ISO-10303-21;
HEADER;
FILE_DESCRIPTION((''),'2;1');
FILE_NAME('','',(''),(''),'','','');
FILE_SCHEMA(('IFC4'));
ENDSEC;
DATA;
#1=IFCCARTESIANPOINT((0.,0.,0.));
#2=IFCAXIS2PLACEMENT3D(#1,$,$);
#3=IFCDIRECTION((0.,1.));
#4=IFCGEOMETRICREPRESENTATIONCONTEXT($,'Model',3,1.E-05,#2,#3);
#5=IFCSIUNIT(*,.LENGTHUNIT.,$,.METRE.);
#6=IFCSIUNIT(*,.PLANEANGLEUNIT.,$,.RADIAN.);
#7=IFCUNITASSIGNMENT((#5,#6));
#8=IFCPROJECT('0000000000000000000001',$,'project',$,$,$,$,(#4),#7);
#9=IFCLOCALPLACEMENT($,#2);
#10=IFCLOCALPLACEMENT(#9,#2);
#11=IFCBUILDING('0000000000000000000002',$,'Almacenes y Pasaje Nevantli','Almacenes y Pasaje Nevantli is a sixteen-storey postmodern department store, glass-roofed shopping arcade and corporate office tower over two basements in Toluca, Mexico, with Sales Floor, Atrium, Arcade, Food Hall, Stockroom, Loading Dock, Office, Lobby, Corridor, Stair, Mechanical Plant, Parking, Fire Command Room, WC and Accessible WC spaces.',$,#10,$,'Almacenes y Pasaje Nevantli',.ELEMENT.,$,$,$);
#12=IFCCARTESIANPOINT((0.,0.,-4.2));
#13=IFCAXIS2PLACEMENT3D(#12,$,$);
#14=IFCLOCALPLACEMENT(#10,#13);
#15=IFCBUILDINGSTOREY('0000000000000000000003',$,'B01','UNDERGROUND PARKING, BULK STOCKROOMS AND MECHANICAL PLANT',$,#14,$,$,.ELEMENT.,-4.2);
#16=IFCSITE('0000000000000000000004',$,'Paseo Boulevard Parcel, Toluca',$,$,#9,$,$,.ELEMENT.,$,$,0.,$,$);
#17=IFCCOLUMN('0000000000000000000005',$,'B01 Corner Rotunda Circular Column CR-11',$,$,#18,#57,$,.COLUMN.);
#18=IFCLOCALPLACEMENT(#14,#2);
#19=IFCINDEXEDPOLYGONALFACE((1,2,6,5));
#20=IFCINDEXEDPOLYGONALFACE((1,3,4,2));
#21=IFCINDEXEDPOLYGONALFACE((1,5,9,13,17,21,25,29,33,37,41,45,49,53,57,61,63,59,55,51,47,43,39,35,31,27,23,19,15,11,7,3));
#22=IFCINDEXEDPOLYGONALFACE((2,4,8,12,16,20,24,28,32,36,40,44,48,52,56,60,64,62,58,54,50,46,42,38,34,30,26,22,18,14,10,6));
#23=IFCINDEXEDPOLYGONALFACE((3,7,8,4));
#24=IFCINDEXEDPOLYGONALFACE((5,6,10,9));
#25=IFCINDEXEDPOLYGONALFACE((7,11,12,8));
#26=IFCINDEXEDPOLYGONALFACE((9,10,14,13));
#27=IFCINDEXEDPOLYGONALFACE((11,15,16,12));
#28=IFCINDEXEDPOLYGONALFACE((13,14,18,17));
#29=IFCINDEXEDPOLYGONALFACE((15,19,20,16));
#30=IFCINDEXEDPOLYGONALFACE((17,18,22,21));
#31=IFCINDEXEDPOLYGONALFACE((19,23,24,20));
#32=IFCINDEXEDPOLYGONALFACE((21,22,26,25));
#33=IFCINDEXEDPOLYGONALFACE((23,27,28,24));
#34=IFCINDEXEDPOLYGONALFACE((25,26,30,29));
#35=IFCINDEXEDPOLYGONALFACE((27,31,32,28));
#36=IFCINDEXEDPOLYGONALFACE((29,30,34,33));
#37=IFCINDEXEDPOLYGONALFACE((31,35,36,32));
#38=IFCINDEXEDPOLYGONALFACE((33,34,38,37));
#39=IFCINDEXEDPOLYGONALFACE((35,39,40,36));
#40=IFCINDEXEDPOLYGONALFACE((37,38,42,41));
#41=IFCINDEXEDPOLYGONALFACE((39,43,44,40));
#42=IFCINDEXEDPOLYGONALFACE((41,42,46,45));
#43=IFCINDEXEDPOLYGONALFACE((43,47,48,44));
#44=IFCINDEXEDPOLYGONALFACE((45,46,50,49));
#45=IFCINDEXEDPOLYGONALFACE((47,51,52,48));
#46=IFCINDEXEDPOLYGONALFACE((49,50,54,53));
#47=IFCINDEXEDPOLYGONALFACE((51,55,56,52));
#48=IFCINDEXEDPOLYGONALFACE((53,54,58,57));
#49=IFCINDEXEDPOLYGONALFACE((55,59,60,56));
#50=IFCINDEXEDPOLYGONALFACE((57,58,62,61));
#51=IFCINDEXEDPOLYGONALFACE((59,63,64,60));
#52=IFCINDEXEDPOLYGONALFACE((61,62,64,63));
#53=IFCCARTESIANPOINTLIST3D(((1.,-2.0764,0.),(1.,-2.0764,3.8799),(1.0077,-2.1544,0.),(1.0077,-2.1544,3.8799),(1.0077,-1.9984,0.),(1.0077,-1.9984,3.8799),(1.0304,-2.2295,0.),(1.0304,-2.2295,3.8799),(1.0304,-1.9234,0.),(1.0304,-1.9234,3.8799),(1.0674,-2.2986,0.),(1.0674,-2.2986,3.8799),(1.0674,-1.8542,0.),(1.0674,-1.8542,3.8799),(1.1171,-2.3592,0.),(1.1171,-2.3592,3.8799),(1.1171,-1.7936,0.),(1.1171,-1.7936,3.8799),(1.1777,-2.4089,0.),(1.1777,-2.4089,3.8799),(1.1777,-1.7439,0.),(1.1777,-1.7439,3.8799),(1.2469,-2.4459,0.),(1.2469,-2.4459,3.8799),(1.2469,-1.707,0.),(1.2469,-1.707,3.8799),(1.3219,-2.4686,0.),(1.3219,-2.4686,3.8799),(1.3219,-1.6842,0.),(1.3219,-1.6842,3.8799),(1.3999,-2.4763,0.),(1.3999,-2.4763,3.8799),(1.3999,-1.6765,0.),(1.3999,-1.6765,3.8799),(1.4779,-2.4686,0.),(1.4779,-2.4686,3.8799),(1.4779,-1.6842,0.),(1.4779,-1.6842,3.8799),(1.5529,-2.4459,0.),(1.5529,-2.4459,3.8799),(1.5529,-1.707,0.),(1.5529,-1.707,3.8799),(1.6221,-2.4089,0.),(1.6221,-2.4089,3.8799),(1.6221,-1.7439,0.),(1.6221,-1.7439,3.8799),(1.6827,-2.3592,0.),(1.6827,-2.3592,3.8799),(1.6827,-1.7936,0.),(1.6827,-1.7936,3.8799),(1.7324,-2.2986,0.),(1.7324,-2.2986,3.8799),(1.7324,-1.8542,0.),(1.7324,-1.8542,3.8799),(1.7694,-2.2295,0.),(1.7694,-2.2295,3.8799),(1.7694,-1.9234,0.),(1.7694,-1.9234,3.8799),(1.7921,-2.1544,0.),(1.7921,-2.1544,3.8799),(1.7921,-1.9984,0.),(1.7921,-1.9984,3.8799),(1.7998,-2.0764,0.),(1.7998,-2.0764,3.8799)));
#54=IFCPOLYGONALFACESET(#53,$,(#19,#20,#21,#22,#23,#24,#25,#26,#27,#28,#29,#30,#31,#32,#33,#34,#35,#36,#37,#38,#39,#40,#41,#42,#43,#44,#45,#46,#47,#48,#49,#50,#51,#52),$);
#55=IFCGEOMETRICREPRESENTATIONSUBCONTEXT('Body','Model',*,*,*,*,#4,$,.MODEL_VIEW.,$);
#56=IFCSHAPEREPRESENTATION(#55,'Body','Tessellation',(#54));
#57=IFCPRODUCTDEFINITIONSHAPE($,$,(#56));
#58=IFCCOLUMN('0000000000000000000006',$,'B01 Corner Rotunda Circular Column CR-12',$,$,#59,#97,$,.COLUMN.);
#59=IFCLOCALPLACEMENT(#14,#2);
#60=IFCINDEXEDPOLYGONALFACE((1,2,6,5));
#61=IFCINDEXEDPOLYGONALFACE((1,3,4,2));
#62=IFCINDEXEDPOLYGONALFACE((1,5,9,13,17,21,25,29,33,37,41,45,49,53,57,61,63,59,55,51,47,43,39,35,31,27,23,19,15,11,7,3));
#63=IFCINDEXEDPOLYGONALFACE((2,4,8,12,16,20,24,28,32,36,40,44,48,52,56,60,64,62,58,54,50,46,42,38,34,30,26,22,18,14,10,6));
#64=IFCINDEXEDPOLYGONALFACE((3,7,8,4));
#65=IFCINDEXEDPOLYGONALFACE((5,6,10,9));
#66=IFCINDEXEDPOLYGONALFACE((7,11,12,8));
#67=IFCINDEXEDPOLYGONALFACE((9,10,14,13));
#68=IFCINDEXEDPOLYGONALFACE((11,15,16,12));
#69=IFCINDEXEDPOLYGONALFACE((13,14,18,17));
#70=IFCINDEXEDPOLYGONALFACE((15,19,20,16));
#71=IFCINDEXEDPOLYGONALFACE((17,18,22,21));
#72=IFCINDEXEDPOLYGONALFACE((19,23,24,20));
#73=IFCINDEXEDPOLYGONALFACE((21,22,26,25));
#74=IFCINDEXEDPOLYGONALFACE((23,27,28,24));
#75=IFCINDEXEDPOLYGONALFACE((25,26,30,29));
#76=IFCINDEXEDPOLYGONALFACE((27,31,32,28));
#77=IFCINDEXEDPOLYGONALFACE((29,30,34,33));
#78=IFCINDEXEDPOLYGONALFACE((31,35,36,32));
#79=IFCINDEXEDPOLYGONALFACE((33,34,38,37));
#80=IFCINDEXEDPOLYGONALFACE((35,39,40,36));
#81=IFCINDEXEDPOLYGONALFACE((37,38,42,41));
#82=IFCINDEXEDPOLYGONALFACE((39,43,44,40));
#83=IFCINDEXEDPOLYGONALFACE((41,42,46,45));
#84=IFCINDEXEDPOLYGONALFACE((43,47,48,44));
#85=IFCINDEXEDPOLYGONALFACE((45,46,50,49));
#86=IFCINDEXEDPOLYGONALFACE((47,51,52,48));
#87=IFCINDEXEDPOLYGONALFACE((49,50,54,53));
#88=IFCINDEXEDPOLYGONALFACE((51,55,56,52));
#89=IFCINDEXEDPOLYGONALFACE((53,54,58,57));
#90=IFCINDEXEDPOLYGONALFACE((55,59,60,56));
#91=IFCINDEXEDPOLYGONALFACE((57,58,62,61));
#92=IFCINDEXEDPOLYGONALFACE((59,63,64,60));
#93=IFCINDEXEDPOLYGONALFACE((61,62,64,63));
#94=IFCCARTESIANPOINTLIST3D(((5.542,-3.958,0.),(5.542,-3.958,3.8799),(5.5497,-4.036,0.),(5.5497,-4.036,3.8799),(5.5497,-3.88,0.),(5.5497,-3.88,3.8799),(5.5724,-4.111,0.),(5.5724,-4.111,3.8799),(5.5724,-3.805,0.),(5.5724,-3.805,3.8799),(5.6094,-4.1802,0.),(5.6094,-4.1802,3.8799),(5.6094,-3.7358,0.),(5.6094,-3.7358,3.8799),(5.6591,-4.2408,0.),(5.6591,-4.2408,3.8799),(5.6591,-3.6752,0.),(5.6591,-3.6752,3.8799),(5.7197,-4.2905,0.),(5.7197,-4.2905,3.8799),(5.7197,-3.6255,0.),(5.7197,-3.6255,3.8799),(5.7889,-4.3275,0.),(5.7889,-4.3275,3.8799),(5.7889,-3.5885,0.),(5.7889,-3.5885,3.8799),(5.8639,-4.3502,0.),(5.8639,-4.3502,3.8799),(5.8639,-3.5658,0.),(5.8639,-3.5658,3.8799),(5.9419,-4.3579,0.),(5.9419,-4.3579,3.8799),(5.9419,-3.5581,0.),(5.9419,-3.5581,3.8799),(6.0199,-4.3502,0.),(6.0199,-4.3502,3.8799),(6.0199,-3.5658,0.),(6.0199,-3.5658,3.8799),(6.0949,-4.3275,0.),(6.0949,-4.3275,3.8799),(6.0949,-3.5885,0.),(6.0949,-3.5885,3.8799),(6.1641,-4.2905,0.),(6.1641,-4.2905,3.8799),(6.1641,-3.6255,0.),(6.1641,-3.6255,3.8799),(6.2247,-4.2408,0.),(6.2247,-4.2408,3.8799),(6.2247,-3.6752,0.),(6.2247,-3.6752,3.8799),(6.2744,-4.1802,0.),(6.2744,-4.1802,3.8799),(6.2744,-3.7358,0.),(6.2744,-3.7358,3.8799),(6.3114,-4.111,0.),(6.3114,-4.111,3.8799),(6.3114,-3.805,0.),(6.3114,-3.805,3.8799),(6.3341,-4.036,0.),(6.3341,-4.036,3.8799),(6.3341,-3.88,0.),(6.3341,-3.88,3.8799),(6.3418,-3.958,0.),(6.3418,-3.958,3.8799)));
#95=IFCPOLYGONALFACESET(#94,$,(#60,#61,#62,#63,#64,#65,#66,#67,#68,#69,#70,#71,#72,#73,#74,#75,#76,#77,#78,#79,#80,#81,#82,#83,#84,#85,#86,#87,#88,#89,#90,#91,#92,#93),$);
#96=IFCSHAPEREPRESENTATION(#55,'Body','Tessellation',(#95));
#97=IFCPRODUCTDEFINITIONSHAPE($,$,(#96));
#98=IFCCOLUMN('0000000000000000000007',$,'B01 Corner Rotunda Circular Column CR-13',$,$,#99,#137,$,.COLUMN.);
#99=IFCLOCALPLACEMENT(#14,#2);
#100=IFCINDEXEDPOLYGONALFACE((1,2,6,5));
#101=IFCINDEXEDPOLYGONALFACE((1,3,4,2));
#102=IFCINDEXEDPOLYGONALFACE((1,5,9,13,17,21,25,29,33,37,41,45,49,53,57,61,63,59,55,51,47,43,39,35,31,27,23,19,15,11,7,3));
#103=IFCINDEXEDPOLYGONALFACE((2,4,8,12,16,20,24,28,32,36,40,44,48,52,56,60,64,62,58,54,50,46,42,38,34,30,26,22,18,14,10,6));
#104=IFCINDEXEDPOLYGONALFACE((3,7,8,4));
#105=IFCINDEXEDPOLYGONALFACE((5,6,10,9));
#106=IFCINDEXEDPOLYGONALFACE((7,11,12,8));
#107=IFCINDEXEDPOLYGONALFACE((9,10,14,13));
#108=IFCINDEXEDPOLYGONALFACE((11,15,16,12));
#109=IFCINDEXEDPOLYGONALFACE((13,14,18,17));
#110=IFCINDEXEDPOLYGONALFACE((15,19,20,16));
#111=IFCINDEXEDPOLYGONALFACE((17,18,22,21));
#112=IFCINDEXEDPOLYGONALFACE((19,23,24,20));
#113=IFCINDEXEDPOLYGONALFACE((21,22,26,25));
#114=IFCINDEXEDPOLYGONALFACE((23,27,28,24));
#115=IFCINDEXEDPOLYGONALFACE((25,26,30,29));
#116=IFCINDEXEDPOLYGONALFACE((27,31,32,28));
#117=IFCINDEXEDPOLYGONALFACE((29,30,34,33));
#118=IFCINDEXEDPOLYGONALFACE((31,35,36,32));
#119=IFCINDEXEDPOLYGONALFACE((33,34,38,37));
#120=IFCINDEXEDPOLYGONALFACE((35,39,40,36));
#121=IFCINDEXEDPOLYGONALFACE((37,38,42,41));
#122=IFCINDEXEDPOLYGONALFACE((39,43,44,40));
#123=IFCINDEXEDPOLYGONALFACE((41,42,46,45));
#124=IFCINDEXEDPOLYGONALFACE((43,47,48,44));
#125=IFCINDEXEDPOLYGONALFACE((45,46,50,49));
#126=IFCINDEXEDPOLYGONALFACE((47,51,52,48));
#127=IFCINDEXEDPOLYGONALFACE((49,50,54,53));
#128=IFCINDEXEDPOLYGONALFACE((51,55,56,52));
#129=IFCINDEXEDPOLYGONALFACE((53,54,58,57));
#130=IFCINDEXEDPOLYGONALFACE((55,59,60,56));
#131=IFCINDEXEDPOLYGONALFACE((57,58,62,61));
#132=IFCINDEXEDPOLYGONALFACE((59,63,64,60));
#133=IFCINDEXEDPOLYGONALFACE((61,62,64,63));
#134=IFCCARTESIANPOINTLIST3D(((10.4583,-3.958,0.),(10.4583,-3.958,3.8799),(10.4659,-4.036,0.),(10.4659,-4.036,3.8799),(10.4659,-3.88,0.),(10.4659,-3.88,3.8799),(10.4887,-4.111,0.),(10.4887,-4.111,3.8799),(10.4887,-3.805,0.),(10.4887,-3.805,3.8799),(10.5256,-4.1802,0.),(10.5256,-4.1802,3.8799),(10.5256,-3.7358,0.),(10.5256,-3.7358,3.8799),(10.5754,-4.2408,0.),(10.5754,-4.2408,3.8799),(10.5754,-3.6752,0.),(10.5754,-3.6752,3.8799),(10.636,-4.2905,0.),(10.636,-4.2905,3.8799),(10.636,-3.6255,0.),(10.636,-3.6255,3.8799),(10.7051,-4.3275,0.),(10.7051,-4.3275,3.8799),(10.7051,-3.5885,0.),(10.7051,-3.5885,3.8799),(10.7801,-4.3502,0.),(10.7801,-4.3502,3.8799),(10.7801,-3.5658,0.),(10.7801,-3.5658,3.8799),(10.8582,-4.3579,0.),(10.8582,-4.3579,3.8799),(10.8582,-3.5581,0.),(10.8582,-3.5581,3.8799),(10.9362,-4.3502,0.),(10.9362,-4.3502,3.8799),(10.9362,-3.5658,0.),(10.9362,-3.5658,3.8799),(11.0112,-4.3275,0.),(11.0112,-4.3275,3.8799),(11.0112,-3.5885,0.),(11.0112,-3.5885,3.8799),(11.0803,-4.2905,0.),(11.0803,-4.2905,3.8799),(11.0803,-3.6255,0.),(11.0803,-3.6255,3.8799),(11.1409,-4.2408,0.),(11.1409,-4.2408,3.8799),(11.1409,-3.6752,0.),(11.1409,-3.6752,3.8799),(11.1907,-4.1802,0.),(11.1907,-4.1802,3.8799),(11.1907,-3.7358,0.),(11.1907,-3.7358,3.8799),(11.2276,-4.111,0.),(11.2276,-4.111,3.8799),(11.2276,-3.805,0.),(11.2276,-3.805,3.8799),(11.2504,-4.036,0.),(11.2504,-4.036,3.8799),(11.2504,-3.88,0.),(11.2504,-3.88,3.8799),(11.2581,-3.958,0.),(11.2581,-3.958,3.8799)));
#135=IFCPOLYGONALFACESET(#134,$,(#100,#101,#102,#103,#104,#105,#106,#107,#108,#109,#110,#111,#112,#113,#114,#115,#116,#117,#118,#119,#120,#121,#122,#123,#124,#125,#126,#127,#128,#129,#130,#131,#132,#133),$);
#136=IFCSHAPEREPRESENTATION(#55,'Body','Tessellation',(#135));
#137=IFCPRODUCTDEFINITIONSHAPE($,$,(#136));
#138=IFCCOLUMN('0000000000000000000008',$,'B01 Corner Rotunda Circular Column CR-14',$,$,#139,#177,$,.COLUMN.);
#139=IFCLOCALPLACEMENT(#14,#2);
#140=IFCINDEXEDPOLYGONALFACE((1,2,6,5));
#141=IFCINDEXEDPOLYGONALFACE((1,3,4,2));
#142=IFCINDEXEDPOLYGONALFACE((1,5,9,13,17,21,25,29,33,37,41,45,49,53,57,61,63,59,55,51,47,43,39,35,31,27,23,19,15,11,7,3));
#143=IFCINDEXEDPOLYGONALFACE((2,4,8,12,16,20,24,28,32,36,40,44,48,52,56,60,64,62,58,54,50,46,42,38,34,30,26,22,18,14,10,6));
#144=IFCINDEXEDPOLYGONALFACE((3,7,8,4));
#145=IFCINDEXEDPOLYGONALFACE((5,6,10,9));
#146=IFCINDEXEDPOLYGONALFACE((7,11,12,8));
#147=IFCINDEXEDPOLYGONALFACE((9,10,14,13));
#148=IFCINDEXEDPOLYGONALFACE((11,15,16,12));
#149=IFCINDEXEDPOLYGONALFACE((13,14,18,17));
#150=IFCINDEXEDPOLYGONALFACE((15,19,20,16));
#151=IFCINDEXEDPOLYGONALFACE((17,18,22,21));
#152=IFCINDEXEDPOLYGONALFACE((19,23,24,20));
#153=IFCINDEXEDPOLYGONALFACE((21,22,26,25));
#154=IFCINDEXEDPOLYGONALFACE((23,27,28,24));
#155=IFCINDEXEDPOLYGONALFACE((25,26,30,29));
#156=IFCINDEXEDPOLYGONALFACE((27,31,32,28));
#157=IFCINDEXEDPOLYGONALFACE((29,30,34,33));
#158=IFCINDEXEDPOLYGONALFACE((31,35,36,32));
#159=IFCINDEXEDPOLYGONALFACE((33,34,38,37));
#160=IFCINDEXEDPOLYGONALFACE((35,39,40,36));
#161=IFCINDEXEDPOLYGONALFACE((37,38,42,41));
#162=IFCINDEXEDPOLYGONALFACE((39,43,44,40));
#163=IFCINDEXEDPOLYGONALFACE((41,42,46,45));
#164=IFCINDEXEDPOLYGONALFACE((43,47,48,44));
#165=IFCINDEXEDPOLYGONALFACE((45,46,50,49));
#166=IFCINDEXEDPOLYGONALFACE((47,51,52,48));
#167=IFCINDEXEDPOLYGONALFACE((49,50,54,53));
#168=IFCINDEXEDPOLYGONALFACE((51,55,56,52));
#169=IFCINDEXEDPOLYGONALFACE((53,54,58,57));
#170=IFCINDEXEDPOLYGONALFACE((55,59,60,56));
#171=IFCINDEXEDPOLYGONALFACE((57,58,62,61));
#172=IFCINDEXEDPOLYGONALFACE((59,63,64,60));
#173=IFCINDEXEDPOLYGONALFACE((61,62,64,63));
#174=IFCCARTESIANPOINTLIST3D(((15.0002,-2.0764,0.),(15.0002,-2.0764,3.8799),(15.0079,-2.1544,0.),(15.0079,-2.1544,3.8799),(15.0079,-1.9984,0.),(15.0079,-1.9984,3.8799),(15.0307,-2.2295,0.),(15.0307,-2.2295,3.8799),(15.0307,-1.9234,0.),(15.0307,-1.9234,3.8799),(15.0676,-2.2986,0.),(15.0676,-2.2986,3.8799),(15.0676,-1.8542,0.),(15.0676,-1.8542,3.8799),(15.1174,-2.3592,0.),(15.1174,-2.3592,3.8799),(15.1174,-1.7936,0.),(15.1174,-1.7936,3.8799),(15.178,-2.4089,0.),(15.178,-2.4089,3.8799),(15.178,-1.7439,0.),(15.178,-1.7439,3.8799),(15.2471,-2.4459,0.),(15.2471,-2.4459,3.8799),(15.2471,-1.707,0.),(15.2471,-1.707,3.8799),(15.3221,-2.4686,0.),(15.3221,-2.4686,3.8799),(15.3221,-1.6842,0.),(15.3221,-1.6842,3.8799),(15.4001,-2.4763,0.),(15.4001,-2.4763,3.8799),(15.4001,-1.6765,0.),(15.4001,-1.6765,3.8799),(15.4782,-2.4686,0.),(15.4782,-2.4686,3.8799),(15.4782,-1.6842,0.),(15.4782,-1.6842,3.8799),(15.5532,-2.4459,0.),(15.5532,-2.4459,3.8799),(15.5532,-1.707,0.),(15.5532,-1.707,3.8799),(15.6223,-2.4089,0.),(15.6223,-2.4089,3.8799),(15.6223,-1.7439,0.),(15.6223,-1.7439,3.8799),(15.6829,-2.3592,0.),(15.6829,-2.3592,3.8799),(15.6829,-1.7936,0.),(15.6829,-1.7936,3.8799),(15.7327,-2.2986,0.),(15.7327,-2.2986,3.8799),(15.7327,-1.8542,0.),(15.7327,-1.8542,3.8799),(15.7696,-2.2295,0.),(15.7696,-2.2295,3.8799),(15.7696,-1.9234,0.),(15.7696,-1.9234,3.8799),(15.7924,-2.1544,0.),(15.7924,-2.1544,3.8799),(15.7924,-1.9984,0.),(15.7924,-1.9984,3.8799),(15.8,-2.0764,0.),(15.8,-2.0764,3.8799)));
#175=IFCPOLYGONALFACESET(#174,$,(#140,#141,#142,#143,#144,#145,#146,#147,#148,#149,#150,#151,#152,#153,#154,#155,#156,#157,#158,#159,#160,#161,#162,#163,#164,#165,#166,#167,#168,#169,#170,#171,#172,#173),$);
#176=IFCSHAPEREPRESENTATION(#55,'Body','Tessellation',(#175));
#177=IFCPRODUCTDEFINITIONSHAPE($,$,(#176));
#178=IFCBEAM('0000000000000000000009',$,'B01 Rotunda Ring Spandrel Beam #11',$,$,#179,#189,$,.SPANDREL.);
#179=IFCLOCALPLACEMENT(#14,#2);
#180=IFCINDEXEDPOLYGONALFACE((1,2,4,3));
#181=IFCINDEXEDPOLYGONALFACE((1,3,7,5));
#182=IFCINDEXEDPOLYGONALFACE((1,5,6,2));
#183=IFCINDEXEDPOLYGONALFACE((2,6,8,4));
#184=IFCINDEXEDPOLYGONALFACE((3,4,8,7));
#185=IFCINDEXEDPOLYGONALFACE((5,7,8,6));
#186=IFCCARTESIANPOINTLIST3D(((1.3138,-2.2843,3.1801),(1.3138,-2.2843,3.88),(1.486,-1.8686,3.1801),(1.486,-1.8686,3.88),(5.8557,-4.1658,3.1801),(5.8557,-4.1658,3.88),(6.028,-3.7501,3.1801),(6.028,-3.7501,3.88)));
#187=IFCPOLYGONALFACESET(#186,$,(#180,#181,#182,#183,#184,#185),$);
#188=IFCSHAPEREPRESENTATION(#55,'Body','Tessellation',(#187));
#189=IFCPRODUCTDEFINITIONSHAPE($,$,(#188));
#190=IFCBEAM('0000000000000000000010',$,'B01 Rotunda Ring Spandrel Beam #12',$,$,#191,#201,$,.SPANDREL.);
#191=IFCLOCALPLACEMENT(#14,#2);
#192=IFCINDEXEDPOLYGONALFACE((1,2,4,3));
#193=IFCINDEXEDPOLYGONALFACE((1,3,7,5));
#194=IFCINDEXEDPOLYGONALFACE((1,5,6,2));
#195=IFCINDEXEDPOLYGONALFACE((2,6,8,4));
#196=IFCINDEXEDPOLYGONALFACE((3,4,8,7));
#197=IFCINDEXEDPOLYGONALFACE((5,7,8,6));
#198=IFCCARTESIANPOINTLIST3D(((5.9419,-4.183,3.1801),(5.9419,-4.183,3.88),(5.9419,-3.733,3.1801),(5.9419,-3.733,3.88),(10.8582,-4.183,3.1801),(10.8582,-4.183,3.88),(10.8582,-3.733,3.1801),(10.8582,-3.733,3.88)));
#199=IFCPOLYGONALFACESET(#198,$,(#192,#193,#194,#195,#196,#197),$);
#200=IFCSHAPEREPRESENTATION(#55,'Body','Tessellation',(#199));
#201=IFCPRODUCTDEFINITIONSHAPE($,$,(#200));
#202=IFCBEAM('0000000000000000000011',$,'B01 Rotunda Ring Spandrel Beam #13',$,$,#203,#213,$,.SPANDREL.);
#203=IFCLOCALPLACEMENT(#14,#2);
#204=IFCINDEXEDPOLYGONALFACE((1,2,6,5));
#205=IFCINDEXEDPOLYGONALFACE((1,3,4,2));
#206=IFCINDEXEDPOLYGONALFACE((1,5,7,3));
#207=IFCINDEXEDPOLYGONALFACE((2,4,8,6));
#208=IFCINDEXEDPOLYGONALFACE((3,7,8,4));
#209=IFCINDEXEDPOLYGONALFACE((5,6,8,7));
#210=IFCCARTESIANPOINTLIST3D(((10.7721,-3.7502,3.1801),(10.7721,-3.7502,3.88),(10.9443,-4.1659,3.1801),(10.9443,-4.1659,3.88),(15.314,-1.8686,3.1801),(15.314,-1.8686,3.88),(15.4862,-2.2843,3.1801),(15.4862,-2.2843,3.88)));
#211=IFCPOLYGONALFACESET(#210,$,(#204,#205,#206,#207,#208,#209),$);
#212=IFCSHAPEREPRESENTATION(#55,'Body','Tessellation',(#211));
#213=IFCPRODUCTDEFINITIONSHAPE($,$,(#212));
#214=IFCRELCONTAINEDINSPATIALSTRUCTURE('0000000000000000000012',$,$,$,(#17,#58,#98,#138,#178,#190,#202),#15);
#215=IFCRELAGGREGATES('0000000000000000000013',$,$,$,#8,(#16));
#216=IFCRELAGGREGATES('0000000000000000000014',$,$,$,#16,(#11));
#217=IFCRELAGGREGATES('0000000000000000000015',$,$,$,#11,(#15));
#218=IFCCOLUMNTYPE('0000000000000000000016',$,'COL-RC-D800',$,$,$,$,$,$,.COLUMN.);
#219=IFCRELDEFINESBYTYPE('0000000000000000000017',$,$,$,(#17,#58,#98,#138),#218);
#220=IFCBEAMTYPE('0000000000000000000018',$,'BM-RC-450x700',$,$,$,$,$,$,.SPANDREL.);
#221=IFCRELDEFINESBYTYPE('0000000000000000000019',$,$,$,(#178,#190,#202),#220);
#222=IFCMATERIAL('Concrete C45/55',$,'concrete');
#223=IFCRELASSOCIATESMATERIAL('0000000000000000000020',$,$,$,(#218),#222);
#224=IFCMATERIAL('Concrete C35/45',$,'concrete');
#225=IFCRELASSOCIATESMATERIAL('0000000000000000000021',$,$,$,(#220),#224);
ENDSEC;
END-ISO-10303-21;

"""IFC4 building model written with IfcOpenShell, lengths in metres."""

from ifc_helpers import new_model, si_unit, direction, frame, origin, origin_2d, place, context, subcontext, project, spatial, rectangle, circle, extrude, material, material_profile, profile_set, type_object, element, save


model = new_model("IFC4")

# Units and contexts
model_context = context("Model", 3, precision=1e-05, world=origin(), true_north=direction((0.0, 1.0)))
body_context = subcontext(model_context, "Body", "Model", "MODEL_VIEW")
ifc_project = project(units=[si_unit("LENGTHUNIT", "METRE"), si_unit("PLANEANGLEUNIT", "RADIAN")], contexts=[model_context])

# Site, building, storey
site_placement = place(None, origin())
site = spatial("IfcSite", under=ifc_project, at=site_placement, Name="Paseo Boulevard Parcel, Toluca", CompositionType="ELEMENT", RefElevation=0.0)
building_placement = place(site_placement, origin())
building = spatial("IfcBuilding", under=site, at=building_placement, Name="Almacenes y Pasaje Nevantli", Description="Almacenes y Pasaje Nevantli is a sixteen-storey postmodern department store, glass-roofed shopping arcade and corporate office tower over two basements in Toluca, Mexico, with Sales Floor, Atrium, Arcade, Food Hall, Stockroom, Loading Dock, Office, Lobby, Corridor, Stair, Mechanical Plant, Parking, Fire Command Room, WC and Accessible WC spaces.", LongName="Almacenes y Pasaje Nevantli", CompositionType="ELEMENT")
storey_placement = place(building_placement, frame((0.0, 0.0, -4.2)))
storey = spatial("IfcBuildingStorey", under=building, at=storey_placement, Name="B01", Description="UNDERGROUND PARKING, BULK STOCKROOMS AND MECHANICAL PLANT", CompositionType="ELEMENT", Elevation=-4.2)

# Columns
ifc_material_1 = material(Name="Concrete C45/55", Category="concrete")
ifc_material_profile_1 = material_profile(ifc_material_1, circle(Radius=0.3999, at=origin_2d()), Name="RC-COL-D800")
ifc_profile_set_1 = profile_set([ifc_material_profile_1], Name="Concrete C45/55")
column_type = type_object("IfcColumnType", Name="COL-RC-D800", PredefinedType="COLUMN", material=ifc_profile_set_1)
for number, where, z_axis, x_axis, name in (
    (1, (1.3999, -2.0764, 0.0), (0.0, 0.0, 1.0), (1.0, 0.0, 0.0), "B01 Corner Rotunda Circular Column CR-11"),
    (2, (5.9419, -3.958, 0.0), (0.0, 0.0, 1.0), (1.0, 0.0, 0.0), "B01 Corner Rotunda Circular Column CR-12"),
    (3, (10.8582, -3.958, 0.0), (0.0, 0.0, 1.0), (1.0, 0.0, 0.0), "B01 Corner Rotunda Circular Column CR-13"),
    (4, (15.4001, -2.0764, 0.0), (0.0, 0.0, 1.0), (1.0, 0.0, 0.0), "B01 Corner Rotunda Circular Column CR-14"),
):
    element("IfcColumn", number, at=place(storey_placement, frame(where, z_axis=z_axis, x_axis=x_axis)), inside=storey, type_object=column_type, Name=name, PredefinedType="COLUMN", context=body_context, shape_type="SweptSolid", body=[
        extrude(circle(Radius=0.3999, at=origin_2d()), origin(), (0.0, 0.0, 1.0), 3.8799),
    ])

# Beams
ifc_material_2 = material(Name="Concrete C35/45", Category="concrete")
ifc_material_profile_2 = material_profile(ifc_material_2, rectangle(XDim=0.45, YDim=0.7, at=origin_2d()), Name="RC-BM-450x700")
ifc_profile_set_2 = profile_set([ifc_material_profile_2], Name="Concrete C35/45")
beam_type = type_object("IfcBeamType", Name="BM-RC-450x700", PredefinedType="SPANDREL", material=ifc_profile_set_2)
for number, where, z_axis, x_axis, name in (
    (5, (1.3999, -2.0764, 3.53), (0.923862, -0.382725, 0.0), (0.382725, 0.923862, 0.0), "B01 Rotunda Ring Spandrel Beam #11"),
    (6, (5.9419, -3.958, 3.53), (1.0, 0.0, 0.0), (0.0, 1.0, 0.0), "B01 Rotunda Ring Spandrel Beam #12"),
    (7, (10.8582, -3.958, 3.53), (0.923862, 0.382725, 0.0), (-0.382725, 0.923862, 0.0), "B01 Rotunda Ring Spandrel Beam #13"),
):
    element("IfcBeam", number, at=place(storey_placement, frame(where, z_axis=z_axis, x_axis=x_axis)), inside=storey, type_object=beam_type, Name=name, PredefinedType="SPANDREL", context=body_context, shape_type="SweptSolid", body=[
        extrude(rectangle(XDim=0.45, YDim=0.7, at=origin_2d()), origin(), (0.0, 0.0, 1.0), 4.9163),
    ])

save(model, "model.ifc")
